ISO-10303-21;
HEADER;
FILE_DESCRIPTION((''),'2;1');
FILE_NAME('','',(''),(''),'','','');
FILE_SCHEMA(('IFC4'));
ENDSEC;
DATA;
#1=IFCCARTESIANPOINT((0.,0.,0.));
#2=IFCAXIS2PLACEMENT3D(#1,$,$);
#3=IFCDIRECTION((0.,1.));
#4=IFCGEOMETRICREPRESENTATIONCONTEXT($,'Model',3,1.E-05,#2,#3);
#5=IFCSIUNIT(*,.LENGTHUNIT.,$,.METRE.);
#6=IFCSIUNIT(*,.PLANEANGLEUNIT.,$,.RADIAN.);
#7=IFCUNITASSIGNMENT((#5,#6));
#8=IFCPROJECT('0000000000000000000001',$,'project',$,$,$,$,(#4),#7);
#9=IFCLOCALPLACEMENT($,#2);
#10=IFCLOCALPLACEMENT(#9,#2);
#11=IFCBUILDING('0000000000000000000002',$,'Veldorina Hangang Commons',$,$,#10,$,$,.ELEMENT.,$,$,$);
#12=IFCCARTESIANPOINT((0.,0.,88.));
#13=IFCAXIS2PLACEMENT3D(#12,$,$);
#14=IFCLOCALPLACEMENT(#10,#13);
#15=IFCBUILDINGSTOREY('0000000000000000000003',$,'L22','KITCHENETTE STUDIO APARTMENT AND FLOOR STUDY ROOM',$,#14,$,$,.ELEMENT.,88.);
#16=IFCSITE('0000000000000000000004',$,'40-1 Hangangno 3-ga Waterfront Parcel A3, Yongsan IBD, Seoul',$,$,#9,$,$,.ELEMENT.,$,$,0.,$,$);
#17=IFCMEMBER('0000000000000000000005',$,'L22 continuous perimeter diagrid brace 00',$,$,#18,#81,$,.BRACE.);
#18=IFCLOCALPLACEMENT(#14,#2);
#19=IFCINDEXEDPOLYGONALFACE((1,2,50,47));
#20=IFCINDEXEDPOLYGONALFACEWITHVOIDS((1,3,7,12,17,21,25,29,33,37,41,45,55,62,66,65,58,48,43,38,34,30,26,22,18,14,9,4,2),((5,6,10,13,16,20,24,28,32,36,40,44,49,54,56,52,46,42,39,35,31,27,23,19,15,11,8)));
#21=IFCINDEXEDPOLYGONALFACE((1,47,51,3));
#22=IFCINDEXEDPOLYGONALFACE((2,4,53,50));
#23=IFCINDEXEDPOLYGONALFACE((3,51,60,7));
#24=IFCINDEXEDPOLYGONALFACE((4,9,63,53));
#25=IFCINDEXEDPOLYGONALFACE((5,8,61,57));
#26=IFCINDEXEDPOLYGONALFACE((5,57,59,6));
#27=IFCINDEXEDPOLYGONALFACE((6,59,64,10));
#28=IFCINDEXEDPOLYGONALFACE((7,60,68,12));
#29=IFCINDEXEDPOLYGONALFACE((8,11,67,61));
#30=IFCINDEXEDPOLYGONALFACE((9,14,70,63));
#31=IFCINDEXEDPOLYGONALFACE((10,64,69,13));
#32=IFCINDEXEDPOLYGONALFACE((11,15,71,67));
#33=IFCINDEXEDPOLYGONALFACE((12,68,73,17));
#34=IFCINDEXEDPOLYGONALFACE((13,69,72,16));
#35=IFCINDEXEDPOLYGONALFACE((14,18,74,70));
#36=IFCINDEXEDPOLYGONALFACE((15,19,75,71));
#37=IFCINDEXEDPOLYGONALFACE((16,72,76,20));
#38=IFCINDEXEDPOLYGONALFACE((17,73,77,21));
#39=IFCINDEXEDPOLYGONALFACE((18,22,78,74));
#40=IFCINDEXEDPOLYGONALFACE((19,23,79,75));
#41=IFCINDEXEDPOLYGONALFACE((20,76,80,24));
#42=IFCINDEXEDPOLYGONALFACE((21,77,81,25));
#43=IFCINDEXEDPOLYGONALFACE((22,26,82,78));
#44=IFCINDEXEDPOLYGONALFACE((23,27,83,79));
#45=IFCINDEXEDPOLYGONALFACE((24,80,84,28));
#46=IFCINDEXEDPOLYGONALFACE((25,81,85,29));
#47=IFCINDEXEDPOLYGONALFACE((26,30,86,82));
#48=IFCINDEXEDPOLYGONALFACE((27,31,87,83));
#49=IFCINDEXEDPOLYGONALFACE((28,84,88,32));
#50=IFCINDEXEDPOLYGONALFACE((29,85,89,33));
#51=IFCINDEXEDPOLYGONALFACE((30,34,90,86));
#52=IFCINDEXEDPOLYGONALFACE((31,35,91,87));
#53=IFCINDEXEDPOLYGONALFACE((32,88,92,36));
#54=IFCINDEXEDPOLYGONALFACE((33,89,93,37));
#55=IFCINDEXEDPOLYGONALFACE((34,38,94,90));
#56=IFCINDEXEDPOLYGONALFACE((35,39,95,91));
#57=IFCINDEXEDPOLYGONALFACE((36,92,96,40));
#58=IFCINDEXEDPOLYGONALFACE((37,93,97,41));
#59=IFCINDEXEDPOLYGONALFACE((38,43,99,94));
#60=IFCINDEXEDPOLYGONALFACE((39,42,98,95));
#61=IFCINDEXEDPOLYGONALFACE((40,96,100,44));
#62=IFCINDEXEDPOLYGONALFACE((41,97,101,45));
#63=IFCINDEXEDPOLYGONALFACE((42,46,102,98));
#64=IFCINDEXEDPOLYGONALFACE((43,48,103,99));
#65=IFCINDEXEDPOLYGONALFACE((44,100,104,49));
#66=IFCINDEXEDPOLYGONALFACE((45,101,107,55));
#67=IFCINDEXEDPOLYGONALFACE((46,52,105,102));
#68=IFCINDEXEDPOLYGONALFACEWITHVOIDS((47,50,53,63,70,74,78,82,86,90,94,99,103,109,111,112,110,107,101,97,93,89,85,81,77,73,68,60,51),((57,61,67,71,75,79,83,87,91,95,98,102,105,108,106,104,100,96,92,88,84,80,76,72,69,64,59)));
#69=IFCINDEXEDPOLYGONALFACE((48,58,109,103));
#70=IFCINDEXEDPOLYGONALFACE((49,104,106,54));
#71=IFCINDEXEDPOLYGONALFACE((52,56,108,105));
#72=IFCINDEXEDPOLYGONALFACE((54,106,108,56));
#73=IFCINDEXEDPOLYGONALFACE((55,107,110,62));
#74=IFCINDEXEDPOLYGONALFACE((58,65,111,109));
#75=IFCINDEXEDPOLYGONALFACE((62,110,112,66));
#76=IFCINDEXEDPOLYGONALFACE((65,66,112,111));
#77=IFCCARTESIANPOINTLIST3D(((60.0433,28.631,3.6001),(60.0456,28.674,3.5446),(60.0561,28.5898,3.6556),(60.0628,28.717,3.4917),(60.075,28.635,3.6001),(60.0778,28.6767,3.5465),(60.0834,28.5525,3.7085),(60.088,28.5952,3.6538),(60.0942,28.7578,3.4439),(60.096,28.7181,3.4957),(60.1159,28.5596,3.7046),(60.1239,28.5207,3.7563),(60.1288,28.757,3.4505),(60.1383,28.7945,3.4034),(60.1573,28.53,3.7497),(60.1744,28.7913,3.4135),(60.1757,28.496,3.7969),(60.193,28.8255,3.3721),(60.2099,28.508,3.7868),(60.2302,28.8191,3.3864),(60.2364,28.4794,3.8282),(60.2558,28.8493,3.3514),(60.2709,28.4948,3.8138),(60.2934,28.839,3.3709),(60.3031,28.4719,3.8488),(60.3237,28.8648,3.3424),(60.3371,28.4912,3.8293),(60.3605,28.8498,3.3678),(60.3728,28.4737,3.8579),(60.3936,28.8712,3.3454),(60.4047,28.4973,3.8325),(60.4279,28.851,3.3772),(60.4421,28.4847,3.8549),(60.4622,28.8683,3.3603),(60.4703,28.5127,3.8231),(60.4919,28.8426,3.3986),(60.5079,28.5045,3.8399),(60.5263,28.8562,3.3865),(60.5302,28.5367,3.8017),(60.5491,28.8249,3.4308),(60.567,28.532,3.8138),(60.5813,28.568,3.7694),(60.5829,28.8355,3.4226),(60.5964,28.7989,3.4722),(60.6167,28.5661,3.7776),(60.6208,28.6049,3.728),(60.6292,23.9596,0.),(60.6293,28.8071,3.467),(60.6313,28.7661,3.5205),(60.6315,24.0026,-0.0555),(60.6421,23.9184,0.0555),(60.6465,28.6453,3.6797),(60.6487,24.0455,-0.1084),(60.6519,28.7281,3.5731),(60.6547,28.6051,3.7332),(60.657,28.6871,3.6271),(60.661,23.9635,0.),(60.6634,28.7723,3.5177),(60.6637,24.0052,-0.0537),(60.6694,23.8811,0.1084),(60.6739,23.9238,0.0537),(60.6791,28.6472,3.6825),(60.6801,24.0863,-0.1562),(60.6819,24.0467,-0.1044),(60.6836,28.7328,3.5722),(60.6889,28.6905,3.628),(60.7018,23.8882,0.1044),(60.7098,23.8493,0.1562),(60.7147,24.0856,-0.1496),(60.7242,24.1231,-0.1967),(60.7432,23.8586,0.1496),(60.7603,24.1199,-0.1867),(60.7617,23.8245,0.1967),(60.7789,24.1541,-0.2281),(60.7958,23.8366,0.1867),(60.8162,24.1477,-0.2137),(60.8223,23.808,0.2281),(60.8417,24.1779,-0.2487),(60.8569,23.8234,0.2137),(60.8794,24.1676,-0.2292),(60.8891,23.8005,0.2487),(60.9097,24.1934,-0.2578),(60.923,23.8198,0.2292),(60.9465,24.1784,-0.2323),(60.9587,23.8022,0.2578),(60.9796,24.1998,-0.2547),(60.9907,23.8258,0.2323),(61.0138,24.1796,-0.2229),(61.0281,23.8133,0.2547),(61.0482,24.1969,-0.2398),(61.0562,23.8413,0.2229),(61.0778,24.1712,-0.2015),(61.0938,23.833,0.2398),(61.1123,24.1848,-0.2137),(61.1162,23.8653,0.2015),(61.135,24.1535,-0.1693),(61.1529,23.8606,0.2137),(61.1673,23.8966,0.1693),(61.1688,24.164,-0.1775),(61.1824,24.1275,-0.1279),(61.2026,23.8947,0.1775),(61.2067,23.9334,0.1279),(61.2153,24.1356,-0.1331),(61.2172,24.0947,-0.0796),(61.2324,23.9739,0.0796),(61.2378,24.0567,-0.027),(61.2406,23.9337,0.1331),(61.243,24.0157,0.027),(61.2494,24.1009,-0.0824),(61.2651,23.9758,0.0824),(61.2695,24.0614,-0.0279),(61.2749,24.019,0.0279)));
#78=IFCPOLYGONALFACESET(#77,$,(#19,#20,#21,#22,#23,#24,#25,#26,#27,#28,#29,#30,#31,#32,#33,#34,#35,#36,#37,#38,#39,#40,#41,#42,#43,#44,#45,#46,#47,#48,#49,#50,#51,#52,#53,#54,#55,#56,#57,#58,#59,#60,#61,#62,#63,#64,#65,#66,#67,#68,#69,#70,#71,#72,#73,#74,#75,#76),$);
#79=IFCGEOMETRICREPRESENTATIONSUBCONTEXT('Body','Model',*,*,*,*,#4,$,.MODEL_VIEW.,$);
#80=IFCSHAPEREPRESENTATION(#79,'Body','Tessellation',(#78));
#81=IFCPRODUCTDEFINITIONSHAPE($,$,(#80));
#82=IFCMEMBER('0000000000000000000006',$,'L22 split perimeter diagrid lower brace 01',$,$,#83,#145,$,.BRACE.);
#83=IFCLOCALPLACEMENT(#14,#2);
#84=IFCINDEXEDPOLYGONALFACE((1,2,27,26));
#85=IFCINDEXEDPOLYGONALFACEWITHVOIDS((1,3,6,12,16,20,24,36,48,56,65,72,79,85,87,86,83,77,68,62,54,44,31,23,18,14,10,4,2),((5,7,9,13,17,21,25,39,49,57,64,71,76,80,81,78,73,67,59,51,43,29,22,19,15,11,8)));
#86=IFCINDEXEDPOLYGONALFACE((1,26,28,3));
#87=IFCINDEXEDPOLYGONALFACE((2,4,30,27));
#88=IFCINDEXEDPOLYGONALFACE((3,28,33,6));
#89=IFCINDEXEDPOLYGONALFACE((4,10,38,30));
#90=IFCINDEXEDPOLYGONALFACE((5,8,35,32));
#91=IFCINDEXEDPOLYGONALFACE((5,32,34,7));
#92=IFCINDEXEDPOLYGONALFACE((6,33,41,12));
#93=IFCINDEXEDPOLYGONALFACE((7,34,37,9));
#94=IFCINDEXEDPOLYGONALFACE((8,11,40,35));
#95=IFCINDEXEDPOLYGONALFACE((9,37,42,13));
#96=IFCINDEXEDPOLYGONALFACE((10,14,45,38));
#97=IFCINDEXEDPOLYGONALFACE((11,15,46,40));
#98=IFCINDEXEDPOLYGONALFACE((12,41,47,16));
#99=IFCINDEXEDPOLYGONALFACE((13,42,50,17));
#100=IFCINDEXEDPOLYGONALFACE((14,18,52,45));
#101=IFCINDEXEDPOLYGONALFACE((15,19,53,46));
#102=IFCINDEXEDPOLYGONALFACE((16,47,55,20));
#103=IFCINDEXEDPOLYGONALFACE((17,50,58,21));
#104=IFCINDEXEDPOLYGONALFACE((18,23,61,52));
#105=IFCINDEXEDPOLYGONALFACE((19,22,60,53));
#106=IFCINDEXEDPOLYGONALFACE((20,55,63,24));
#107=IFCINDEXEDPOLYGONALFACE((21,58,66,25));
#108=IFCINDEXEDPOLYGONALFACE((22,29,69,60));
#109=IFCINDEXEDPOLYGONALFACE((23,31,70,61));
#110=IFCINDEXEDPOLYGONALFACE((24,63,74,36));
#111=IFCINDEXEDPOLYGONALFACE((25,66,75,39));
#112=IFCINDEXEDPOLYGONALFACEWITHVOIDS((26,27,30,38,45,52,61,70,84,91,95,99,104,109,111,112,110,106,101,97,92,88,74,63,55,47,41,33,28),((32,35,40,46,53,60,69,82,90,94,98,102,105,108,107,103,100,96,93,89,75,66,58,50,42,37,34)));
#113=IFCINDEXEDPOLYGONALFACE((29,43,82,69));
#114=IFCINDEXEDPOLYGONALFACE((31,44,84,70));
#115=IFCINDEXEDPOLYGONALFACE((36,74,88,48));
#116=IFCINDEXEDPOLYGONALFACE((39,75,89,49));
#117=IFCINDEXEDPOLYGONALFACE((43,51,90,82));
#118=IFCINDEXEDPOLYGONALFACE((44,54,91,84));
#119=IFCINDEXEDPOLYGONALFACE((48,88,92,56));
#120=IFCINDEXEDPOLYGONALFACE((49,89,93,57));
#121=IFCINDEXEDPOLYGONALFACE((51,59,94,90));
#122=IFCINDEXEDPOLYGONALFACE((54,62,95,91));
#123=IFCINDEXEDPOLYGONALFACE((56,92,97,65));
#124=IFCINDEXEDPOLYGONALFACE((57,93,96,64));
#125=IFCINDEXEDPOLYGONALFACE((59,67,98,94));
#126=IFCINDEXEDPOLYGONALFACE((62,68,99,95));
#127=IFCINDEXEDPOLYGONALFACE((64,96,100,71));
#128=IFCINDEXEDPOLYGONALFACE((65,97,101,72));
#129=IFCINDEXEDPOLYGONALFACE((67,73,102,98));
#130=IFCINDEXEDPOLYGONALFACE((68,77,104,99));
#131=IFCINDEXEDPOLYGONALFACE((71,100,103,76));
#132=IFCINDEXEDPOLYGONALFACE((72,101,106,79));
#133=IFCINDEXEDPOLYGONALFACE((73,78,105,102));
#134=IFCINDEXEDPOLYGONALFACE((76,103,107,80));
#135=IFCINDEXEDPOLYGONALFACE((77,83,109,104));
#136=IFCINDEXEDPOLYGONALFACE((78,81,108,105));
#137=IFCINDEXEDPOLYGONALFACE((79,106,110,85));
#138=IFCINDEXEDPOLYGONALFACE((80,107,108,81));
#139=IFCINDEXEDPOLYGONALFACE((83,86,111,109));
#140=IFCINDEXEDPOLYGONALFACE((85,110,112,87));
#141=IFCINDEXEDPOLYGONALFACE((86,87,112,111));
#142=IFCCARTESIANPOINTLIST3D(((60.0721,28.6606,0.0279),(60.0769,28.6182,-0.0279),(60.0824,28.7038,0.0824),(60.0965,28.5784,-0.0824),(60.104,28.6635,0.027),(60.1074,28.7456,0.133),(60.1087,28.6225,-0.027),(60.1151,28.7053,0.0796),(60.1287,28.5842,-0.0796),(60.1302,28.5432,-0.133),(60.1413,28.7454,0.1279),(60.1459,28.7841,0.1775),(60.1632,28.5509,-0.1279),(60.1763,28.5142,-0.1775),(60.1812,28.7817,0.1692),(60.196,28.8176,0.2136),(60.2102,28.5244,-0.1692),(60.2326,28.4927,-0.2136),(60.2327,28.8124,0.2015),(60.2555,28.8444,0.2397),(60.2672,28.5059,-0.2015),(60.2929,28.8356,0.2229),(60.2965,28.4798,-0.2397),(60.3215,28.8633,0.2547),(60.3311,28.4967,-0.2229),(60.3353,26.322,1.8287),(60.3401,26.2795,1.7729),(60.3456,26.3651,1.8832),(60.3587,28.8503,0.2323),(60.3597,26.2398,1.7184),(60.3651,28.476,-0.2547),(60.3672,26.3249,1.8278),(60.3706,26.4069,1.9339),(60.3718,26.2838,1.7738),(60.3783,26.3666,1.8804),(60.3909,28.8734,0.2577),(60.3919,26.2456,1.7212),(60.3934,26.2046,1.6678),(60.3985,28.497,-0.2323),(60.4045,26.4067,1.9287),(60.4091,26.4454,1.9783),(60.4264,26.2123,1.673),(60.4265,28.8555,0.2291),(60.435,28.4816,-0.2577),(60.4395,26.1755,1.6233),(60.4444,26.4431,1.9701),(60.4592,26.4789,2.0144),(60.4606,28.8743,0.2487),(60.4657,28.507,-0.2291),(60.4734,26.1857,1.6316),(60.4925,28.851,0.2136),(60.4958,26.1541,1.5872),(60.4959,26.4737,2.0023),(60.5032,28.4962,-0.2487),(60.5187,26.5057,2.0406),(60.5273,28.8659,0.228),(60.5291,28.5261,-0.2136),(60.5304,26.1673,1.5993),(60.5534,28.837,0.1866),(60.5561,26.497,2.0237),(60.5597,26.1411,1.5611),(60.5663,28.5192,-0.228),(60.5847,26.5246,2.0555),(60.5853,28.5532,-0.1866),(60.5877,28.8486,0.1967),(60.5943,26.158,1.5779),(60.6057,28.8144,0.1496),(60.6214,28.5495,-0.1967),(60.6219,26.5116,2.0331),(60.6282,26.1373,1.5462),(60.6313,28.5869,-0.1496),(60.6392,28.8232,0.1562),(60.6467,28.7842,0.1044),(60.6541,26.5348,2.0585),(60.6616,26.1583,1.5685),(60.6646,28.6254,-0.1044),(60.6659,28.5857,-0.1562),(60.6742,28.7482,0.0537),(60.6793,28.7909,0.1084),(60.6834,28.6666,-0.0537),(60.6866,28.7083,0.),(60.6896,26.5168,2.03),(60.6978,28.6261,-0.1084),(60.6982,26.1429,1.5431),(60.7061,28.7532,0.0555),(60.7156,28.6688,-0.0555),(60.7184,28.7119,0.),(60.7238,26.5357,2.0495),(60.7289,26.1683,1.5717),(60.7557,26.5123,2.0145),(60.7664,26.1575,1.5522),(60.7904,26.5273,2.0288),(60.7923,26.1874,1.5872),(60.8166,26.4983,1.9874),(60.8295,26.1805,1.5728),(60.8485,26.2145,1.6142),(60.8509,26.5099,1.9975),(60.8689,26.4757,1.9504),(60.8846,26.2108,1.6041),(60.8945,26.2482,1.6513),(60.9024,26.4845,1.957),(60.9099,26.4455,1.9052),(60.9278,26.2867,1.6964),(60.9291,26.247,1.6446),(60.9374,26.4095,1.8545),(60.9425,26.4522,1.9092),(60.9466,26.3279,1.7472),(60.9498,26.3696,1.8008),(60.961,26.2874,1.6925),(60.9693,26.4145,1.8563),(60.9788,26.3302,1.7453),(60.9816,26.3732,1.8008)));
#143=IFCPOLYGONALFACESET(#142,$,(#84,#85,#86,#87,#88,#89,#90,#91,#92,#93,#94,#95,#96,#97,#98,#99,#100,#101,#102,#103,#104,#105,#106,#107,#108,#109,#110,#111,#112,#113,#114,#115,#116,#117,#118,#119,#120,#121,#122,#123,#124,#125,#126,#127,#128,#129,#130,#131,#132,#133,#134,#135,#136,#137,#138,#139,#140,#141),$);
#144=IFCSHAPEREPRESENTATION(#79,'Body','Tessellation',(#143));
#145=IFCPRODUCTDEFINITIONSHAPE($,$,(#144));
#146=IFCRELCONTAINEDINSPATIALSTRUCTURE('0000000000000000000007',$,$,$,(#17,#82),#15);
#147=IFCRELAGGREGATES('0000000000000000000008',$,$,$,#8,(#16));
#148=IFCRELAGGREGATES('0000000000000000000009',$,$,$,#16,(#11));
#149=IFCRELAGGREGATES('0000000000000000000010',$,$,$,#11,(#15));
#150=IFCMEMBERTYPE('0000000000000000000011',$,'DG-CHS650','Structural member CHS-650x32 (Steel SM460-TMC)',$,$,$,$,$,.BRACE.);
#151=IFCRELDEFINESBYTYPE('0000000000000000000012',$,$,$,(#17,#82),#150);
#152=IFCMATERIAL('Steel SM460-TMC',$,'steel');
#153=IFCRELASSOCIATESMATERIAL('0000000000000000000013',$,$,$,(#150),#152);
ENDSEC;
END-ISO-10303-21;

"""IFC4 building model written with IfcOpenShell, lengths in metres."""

from ifc_helpers import new_model, si_unit, direction, frame, origin, origin_2d, place, context, subcontext, project, spatial, hollow_circle, extrude, material, material_profile, profile_set, type_object, element, save


model = new_model("IFC4")

# Units and contexts
model_context = context("Model", 3, precision=1e-05, world=origin(), true_north=direction((0.0, 1.0)))
body_context = subcontext(model_context, "Body", "Model", "MODEL_VIEW")
ifc_project = project(units=[si_unit("LENGTHUNIT", "METRE"), si_unit("PLANEANGLEUNIT", "RADIAN")], contexts=[model_context])

# Site, building, storey
site_placement = place(None, origin())
site = spatial("IfcSite", under=ifc_project, at=site_placement, Name="40-1 Hangangno 3-ga Waterfront Parcel A3, Yongsan IBD, Seoul", CompositionType="ELEMENT", RefElevation=0.0)
building_placement = place(site_placement, origin())
building = spatial("IfcBuilding", under=site, at=building_placement, Name="Veldorina Hangang Commons", CompositionType="ELEMENT")
storey_placement = place(building_placement, frame((0.0, 0.0, 88.0)))
storey = spatial("IfcBuildingStorey", under=building, at=storey_placement, Name="L22", Description="KITCHENETTE STUDIO APARTMENT AND FLOOR STUDY ROOM", CompositionType="ELEMENT", Elevation=88.0)

# Members
ifc_material_1 = material(Name="Steel SM460-TMC", Category="steel")
ifc_material_profile_1 = material_profile(ifc_material_1, hollow_circle(Radius=0.325, WallThickness=0.032, at=origin_2d()), Name="CHS-650x32")
ifc_profile_set_1 = profile_set([ifc_material_profile_1], Name="Steel SM460-TMC")
member_type = type_object("IfcMemberType", Name="DG-CHS650", Description="Structural member CHS-650x32 (Steel SM460-TMC)", PredefinedType="BRACE", material=ifc_profile_set_1)
member_1_placement = place(storey_placement, frame((60.9517, 24.0, 0.0), z_axis=(-0.098864, 0.788192, 0.607436), x_axis=(-0.992225, -0.124456, 0.0)))
element("IfcMember", 1, at=member_1_placement, inside=storey, type_object=member_type, Name="L22 continuous perimeter diagrid brace 00", PredefinedType="BRACE", context=body_context, shape_type="SweptSolid", body=[
    extrude(hollow_circle(Radius=0.325, WallThickness=0.032, at=origin_2d()), origin(), (0.0, 0.0, 1.0), 5.9268),
])
member_2_placement = place(storey_placement, frame((60.3955, 28.6755, 0.0), z_axis=(0.088814, -0.789191, 0.607691), x_axis=(0.993727, 0.111832, 0.0)))
element("IfcMember", 2, at=member_2_placement, inside=storey, type_object=member_type, Name="L22 split perimeter diagrid lower brace 01", PredefinedType="BRACE", context=body_context, shape_type="SweptSolid", body=[
    extrude(hollow_circle(Radius=0.325, WallThickness=0.032, at=origin_2d()), origin(), (0.0, 0.0, 1.0), 2.9634),
])

save(model, "model.ifc")
